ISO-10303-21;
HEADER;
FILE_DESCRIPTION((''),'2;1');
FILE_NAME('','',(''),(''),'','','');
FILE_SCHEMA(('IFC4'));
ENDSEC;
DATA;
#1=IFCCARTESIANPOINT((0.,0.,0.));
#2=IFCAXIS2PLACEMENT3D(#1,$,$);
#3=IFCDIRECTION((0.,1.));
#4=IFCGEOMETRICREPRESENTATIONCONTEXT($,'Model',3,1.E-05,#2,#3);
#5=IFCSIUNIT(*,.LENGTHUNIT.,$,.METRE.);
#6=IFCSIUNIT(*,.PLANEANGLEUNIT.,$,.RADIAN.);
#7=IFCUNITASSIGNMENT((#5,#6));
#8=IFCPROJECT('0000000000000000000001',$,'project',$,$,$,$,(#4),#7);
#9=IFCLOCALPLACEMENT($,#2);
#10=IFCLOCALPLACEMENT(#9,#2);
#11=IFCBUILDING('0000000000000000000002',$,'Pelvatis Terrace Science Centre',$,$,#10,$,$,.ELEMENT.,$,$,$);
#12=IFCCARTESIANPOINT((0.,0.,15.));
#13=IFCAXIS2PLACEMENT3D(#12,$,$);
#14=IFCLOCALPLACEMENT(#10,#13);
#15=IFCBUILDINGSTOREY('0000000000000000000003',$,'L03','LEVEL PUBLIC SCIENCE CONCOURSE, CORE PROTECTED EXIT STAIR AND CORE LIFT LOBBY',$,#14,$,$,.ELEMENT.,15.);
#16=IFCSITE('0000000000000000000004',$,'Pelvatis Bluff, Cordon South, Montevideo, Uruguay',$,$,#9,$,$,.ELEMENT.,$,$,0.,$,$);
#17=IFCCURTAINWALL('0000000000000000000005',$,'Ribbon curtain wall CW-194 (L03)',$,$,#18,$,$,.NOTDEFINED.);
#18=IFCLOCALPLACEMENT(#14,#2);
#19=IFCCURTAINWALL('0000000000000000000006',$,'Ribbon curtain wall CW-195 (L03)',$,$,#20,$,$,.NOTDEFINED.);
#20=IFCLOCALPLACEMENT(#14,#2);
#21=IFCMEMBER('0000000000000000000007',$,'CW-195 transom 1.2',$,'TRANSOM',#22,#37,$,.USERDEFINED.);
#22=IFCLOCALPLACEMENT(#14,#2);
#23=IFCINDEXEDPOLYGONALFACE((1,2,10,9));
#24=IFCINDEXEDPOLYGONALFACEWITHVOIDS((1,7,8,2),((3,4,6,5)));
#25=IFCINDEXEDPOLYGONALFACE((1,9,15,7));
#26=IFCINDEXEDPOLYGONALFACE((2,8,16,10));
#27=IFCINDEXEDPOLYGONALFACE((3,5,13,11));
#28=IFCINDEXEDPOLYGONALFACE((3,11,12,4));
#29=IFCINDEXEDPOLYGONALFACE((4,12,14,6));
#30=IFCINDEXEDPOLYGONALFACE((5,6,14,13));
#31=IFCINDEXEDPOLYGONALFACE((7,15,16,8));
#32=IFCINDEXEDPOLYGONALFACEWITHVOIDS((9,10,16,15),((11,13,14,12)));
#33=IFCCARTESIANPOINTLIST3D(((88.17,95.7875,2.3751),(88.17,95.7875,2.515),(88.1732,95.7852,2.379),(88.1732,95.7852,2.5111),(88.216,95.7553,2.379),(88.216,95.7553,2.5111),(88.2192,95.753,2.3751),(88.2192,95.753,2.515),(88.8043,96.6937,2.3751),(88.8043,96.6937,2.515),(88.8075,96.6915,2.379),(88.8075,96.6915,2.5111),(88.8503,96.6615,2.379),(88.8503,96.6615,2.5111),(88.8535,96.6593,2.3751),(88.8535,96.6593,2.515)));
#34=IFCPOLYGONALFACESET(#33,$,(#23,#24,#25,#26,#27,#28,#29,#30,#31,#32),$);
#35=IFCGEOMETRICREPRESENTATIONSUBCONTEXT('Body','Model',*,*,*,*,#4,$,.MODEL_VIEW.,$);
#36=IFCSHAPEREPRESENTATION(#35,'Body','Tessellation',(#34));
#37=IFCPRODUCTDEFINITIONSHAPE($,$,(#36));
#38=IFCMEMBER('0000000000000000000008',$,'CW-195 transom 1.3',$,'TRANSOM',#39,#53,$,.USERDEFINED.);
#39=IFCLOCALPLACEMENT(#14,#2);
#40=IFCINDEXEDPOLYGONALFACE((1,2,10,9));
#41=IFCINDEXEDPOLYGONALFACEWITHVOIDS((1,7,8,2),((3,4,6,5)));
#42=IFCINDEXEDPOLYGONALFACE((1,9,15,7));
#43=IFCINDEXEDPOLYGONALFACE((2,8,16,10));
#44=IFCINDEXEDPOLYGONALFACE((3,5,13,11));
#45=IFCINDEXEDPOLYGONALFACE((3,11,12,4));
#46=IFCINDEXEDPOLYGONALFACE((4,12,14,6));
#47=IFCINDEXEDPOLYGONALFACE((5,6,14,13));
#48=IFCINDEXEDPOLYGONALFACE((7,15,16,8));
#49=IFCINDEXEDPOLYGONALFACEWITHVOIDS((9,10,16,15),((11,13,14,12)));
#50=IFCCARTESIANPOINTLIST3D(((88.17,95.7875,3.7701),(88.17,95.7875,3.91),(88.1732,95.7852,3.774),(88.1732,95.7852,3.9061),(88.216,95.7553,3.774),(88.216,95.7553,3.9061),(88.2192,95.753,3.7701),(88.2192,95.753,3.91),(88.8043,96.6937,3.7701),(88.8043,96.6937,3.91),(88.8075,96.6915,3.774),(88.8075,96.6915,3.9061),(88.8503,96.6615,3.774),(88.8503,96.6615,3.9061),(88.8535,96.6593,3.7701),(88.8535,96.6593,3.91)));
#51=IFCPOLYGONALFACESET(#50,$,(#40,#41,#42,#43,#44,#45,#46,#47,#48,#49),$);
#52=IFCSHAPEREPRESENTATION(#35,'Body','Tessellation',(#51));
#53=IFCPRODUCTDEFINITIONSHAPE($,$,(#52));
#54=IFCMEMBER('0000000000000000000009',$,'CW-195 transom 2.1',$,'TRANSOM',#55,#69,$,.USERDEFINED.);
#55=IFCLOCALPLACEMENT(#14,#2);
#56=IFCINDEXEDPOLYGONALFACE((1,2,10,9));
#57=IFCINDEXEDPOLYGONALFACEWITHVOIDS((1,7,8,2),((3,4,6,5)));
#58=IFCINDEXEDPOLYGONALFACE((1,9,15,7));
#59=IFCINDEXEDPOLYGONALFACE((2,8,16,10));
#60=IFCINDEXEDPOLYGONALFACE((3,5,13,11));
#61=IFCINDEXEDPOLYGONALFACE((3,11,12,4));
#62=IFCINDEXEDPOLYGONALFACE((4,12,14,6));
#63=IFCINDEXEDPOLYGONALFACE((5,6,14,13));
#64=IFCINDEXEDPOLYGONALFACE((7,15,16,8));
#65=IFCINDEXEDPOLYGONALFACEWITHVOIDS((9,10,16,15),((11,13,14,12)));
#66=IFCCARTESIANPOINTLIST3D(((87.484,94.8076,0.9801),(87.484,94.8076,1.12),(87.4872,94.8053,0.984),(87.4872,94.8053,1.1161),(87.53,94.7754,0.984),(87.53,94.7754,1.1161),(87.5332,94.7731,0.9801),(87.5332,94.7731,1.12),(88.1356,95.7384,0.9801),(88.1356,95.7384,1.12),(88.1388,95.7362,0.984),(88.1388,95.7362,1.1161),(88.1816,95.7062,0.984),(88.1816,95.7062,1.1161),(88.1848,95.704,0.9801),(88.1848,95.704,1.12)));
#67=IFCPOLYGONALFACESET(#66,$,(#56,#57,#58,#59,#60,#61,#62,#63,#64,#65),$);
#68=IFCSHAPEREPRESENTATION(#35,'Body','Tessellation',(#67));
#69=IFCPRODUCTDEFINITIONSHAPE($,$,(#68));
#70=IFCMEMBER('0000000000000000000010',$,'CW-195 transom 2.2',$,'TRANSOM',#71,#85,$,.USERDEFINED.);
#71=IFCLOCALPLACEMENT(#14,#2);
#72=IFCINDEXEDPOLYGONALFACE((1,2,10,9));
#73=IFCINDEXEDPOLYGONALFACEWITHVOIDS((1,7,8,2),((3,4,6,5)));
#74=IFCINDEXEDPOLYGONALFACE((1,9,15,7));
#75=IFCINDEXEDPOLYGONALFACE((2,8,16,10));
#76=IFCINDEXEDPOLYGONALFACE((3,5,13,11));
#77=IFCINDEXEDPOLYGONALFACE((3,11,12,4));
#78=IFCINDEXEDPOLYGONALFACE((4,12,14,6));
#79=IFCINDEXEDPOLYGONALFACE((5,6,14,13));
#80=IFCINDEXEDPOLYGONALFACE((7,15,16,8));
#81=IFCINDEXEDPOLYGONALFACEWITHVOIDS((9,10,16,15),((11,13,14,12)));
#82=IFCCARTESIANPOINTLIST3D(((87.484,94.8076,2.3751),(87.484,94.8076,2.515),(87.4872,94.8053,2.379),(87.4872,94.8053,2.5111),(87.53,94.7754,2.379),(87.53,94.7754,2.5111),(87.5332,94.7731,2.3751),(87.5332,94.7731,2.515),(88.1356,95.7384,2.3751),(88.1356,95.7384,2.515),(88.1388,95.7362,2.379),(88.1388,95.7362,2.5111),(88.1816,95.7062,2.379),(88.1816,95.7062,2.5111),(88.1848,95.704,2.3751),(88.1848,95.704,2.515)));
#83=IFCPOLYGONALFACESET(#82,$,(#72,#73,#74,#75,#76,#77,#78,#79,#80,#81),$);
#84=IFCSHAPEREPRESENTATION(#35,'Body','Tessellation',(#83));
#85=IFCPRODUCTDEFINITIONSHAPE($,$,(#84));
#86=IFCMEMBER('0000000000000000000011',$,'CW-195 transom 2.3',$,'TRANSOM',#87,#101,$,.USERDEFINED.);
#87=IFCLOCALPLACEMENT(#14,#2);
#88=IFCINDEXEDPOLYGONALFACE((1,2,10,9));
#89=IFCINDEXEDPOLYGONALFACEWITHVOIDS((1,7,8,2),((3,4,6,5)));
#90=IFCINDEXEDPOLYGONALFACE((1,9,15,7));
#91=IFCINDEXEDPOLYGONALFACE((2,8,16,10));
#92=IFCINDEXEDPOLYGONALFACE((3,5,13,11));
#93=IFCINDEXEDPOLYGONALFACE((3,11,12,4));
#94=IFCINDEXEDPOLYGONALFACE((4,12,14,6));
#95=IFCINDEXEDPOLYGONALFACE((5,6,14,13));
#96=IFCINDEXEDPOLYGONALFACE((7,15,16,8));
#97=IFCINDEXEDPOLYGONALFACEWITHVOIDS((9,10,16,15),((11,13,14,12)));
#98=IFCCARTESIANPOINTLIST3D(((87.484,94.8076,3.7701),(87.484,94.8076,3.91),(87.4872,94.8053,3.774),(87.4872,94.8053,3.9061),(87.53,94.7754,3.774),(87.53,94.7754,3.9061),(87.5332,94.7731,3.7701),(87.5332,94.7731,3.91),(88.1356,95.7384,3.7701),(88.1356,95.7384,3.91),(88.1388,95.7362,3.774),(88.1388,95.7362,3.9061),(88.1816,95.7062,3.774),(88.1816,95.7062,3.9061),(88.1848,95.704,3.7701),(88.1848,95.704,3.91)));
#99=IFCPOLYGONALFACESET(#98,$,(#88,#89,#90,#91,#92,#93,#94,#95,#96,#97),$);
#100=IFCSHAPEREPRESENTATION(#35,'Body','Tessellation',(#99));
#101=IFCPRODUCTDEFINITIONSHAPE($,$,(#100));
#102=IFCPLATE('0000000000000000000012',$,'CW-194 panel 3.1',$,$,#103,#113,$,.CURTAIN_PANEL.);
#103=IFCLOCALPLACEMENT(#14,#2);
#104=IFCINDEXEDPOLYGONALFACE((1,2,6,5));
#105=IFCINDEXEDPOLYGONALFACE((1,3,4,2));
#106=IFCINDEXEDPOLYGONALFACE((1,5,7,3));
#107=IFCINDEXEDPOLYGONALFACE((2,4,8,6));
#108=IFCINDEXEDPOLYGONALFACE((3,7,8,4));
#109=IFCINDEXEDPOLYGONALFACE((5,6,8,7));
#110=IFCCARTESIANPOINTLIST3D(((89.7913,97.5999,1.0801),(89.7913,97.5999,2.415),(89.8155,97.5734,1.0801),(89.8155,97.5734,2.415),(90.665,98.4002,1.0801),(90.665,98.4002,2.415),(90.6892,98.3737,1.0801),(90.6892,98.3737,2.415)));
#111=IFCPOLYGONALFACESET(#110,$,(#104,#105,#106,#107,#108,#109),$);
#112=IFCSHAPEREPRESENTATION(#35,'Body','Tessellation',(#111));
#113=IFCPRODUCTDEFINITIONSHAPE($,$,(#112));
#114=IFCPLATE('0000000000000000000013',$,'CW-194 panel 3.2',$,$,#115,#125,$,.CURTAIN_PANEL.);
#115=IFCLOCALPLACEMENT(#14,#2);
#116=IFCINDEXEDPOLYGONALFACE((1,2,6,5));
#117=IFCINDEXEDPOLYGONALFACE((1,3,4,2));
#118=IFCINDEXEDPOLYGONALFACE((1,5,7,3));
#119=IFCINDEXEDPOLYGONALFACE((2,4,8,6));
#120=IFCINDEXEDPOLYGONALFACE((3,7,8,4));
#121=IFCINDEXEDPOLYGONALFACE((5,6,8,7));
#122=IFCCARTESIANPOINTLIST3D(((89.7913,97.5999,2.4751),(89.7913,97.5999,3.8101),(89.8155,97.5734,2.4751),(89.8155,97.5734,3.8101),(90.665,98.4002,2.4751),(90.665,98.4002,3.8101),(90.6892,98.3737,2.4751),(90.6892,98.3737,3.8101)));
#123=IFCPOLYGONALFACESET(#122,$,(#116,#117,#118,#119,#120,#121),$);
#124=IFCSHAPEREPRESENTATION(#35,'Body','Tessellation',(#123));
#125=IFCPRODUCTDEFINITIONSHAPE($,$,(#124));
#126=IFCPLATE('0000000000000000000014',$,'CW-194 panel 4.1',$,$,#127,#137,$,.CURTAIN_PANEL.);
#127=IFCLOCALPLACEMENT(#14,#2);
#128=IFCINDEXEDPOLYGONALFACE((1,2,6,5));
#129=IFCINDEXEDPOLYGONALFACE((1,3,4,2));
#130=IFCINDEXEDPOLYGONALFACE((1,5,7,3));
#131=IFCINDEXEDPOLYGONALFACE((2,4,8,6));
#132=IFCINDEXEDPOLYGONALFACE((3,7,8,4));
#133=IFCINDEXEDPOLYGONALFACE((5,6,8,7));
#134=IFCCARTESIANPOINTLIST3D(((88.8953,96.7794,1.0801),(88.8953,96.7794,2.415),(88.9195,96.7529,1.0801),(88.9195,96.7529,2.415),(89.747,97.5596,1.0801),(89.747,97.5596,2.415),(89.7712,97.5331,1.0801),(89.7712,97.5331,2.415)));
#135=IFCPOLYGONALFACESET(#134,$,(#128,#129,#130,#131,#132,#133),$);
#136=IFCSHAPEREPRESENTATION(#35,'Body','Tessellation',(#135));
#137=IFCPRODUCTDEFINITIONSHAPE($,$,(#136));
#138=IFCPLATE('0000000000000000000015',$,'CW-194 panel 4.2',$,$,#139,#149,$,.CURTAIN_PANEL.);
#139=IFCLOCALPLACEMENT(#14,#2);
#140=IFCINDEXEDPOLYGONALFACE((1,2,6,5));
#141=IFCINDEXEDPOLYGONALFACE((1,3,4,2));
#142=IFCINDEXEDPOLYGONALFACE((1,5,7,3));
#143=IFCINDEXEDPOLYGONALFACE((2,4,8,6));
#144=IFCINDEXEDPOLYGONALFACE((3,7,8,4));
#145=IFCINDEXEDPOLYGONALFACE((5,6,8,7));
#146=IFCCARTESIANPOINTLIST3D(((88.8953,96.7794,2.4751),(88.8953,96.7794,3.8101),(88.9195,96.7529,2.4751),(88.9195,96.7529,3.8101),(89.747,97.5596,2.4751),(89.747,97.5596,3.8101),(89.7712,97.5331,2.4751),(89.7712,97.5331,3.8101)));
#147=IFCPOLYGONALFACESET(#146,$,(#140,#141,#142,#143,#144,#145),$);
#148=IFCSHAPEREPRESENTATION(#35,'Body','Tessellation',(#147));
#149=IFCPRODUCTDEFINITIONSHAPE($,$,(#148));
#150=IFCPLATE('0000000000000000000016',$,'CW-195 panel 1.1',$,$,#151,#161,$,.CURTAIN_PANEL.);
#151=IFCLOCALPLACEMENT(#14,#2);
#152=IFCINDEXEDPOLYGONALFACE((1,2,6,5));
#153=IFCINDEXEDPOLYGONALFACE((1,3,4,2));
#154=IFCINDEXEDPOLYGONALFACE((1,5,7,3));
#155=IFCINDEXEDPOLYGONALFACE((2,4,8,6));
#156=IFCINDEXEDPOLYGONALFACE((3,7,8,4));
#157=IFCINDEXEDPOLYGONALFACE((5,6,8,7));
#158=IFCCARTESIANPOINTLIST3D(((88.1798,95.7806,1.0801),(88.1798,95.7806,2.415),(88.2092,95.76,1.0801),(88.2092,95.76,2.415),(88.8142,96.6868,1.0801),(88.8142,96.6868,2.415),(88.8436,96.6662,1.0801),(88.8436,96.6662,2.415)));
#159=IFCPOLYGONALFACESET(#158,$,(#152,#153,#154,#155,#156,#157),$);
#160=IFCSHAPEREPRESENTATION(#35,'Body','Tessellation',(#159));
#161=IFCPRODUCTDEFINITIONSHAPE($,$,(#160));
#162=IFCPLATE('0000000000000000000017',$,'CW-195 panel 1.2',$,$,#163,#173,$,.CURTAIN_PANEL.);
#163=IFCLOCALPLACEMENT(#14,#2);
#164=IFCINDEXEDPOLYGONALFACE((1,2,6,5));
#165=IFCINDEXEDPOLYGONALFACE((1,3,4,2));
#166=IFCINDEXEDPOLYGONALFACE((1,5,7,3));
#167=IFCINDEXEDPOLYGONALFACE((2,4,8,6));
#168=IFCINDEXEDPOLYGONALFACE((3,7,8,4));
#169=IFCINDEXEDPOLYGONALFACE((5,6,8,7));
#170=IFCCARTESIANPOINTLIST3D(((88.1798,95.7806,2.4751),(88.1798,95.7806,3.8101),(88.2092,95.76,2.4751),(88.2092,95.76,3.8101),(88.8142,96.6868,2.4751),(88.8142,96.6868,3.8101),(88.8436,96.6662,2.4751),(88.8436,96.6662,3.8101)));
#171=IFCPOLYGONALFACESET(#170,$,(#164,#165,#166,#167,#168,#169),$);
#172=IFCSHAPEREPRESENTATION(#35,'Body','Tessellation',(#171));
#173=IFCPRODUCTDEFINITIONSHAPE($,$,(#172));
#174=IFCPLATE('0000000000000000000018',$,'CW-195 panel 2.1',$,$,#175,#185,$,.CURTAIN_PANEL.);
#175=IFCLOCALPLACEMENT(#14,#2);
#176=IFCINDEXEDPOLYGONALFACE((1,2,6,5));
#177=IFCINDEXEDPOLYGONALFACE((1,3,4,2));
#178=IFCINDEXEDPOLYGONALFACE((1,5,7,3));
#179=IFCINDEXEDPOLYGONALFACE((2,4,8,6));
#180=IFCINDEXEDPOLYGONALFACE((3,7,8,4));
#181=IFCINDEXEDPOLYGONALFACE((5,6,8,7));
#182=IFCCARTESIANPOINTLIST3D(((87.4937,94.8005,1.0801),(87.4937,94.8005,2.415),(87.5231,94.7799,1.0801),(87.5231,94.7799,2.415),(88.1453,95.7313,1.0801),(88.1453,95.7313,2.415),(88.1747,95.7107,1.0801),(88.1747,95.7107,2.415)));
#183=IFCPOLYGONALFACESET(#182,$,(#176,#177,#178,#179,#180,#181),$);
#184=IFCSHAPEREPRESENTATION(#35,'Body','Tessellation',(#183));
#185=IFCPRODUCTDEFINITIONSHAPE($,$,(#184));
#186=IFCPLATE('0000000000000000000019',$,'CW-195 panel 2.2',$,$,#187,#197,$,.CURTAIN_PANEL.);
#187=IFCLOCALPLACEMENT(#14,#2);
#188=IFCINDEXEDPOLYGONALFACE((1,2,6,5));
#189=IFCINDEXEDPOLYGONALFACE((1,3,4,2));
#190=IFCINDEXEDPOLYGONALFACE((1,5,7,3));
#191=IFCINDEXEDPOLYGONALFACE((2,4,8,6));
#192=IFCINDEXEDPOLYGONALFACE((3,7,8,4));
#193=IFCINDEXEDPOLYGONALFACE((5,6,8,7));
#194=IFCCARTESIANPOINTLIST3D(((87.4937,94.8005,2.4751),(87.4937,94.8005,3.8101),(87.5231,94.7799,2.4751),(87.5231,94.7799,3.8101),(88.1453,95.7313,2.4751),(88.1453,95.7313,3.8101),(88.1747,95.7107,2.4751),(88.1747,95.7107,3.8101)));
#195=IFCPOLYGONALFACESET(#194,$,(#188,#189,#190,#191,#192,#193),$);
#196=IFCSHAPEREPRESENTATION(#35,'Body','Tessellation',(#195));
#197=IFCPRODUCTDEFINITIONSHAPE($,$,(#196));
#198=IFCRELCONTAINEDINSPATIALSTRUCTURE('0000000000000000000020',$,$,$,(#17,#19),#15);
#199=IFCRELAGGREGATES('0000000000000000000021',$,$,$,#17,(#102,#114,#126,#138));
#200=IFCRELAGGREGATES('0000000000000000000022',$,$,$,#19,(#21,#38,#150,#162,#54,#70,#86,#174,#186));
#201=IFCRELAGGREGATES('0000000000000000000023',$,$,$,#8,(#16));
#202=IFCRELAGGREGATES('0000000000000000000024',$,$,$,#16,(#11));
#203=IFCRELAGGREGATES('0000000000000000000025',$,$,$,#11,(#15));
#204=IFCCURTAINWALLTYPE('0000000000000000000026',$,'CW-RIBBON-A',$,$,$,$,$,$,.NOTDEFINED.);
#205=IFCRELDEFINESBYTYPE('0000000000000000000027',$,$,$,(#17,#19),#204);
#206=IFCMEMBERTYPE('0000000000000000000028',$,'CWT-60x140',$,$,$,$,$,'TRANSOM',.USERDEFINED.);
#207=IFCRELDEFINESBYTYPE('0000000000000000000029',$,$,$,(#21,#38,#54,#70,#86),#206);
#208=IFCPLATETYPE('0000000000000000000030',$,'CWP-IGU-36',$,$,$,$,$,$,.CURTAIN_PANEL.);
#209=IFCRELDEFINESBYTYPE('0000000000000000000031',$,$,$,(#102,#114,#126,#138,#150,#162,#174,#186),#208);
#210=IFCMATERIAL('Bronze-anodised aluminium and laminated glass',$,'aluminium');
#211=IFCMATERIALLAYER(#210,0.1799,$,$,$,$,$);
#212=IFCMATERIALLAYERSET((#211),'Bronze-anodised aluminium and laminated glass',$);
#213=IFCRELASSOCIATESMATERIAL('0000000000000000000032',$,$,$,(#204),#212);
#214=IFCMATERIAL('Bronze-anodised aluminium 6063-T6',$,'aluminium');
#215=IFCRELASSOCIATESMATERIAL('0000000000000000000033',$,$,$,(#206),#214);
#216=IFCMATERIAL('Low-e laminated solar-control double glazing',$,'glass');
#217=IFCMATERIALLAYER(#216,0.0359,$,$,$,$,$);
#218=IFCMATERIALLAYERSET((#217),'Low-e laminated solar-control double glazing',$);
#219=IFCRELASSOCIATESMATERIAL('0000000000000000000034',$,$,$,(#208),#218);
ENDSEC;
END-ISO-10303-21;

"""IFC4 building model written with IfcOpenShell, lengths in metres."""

from ifc_helpers import new_model, si_unit, direction, frame, origin, origin_2d, place, context, subcontext, project, spatial, rectangle, hollow_rectangle, extrude, material, layer, layer_set, material_profile, profile_set, type_object, element, aggregate, save


model = new_model("IFC4")

# Units and contexts
model_context = context("Model", 3, precision=1e-05, world=origin(), true_north=direction((0.0, 1.0)))
body_context = subcontext(model_context, "Body", "Model", "MODEL_VIEW")
ifc_project = project(units=[si_unit("LENGTHUNIT", "METRE"), si_unit("PLANEANGLEUNIT", "RADIAN")], contexts=[model_context])

# Site, building, storey
site_placement = place(None, origin())
site = spatial("IfcSite", under=ifc_project, at=site_placement, Name="Pelvatis Bluff, Cordon South, Montevideo, Uruguay", CompositionType="ELEMENT", RefElevation=0.0)
building_placement = place(site_placement, origin())
building = spatial("IfcBuilding", under=site, at=building_placement, Name="Pelvatis Terrace Science Centre", CompositionType="ELEMENT")
storey_placement = place(building_placement, frame((0.0, 0.0, 15.0)))
storey = spatial("IfcBuildingStorey", under=building, at=storey_placement, Name="L03", Description="LEVEL PUBLIC SCIENCE CONCOURSE, CORE PROTECTED EXIT STAIR AND CORE LIFT LOBBY", CompositionType="ELEMENT", Elevation=15.0)

# Curtain walls
ifc_material_1 = material(Name="Bronze-anodised aluminium and laminated glass", Category="aluminium")
ifc_layer_1 = layer(ifc_material_1, 0.1799)
ifc_layer_set_1 = layer_set([ifc_layer_1], Name="Bronze-anodised aluminium and laminated glass")
curtain_wall_type = type_object("IfcCurtainWallType", Name="CW-RIBBON-A", PredefinedType="NOTDEFINED", material=ifc_layer_set_1)
curtain_wall_1_placement = place(storey_placement, origin())
curtain_wall_1 = element("IfcCurtainWall", 1, at=curtain_wall_1_placement, inside=storey, type_object=curtain_wall_type, Name="Ribbon curtain wall CW-194 (L03)", PredefinedType="NOTDEFINED")
curtain_wall_2_placement = place(storey_placement, origin())
curtain_wall_2 = element("IfcCurtainWall", 2, at=curtain_wall_2_placement, inside=storey, type_object=curtain_wall_type, Name="Ribbon curtain wall CW-195 (L03)", PredefinedType="NOTDEFINED")

# Members
ifc_material_2 = material(Name="Bronze-anodised aluminium 6063-T6", Category="aluminium")
ifc_material_profile_1 = material_profile(ifc_material_2, hollow_rectangle(XDim=0.0601, YDim=0.1399, WallThickness=0.0039, at=origin_2d()), Name="ALU-TRN 60x140")
ifc_profile_set_1 = profile_set([ifc_material_profile_1], Name="Bronze-anodised aluminium 6063-T6")
member_type_1 = type_object("IfcMemberType", Name="CWT-60x140", ElementType="TRANSOM", PredefinedType="USERDEFINED", material=ifc_profile_set_1)
member_1_placement = place(storey_placement, frame((88.8289, 96.6765, 2.4451), z_axis=(-0.573403, -0.819273, 0.0), x_axis=(0.819273, -0.573403, 0.0)))
member_1 = element("IfcMember", 3, at=member_1_placement, type_object=member_type_1, Name="CW-195 transom 1.2", ObjectType="TRANSOM", PredefinedType="USERDEFINED", context=body_context, shape_type="SweptSolid", body=[
    extrude(hollow_rectangle(XDim=0.0601, YDim=0.1399, WallThickness=0.0039, at=origin_2d()), origin(), (0.0, 0.0, 1.0), 1.1062),
])
member_2_placement = place(storey_placement, frame((88.8289, 96.6765, 3.8401), z_axis=(-0.573403, -0.819273, 0.0), x_axis=(0.819273, -0.573403, 0.0)))
member_2 = element("IfcMember", 4, at=member_2_placement, type_object=member_type_1, Name="CW-195 transom 1.3", ObjectType="TRANSOM", PredefinedType="USERDEFINED", context=body_context, shape_type="SweptSolid", body=[
    extrude(hollow_rectangle(XDim=0.0601, YDim=0.1399, WallThickness=0.0039, at=origin_2d()), origin(), (0.0, 0.0, 1.0), 1.1062),
])
member_3_placement = place(storey_placement, frame((88.1602, 95.7212, 1.05), z_axis=(-0.573448, -0.819242, 0.0), x_axis=(0.819242, -0.573448, 0.0)))
member_3 = element("IfcMember", 5, at=member_3_placement, type_object=member_type_1, Name="CW-195 transom 2.1", ObjectType="TRANSOM", PredefinedType="USERDEFINED", context=body_context, shape_type="SweptSolid", body=[
    extrude(hollow_rectangle(XDim=0.0601, YDim=0.1399, WallThickness=0.0039, at=origin_2d()), origin(), (0.0, 0.0, 1.0), 1.1362),
])
member_4_placement = place(storey_placement, frame((88.1602, 95.7212, 2.4451), z_axis=(-0.573448, -0.819242, 0.0), x_axis=(0.819242, -0.573448, 0.0)))
member_4 = element("IfcMember", 6, at=member_4_placement, type_object=member_type_1, Name="CW-195 transom 2.2", ObjectType="TRANSOM", PredefinedType="USERDEFINED", context=body_context, shape_type="SweptSolid", body=[
    extrude(hollow_rectangle(XDim=0.0601, YDim=0.1399, WallThickness=0.0039, at=origin_2d()), origin(), (0.0, 0.0, 1.0), 1.1362),
])
member_5_placement = place(storey_placement, frame((88.1602, 95.7212, 3.8401), z_axis=(-0.573448, -0.819242, 0.0), x_axis=(0.819242, -0.573448, 0.0)))
member_5 = element("IfcMember", 7, at=member_5_placement, type_object=member_type_1, Name="CW-195 transom 2.3", ObjectType="TRANSOM", PredefinedType="USERDEFINED", context=body_context, shape_type="SweptSolid", body=[
    extrude(hollow_rectangle(XDim=0.0601, YDim=0.1399, WallThickness=0.0039, at=origin_2d()), origin(), (0.0, 0.0, 1.0), 1.1362),
])

# Plates
ifc_material_3 = material(Name="Low-e laminated solar-control double glazing", Category="glass")
ifc_layer_2 = layer(ifc_material_3, 0.0359)
ifc_layer_set_2 = layer_set([ifc_layer_2], Name="Low-e laminated solar-control double glazing")
plate_type = type_object("IfcPlateType", Name="CWP-IGU-36", PredefinedType="CURTAIN_PANEL", material=ifc_layer_set_2)
plate_1_placement = place(storey_placement, frame((90.2402, 97.9868, 1.0801), z_axis=(0.0, 0.0, 1.0), x_axis=(-0.737404, -0.675452, 0.0)))
plate_1 = element("IfcPlate", 8, at=plate_1_placement, type_object=plate_type, Name="CW-194 panel 3.1", PredefinedType="CURTAIN_PANEL", context=body_context, shape_type="SweptSolid", body=[
    extrude(rectangle(XDim=1.1848, YDim=0.0359, at=origin_2d()), origin(), (0.0, 0.0, 1.0), 1.335),
])
plate_2_placement = place(storey_placement, frame((90.2402, 97.9868, 2.4751), z_axis=(0.0, 0.0, 1.0), x_axis=(-0.737404, -0.675452, 0.0)))
plate_2 = element("IfcPlate", 9, at=plate_2_placement, type_object=plate_type, Name="CW-194 panel 3.2", PredefinedType="CURTAIN_PANEL", context=body_context, shape_type="SweptSolid", body=[
    extrude(rectangle(XDim=1.1848, YDim=0.0359, at=origin_2d()), origin(), (0.0, 0.0, 1.0), 1.335),
])
plate_3_placement = place(storey_placement, frame((89.3333, 97.1562, 1.0801), z_axis=(0.0, 0.0, 1.0), x_axis=(-0.737404, -0.675452, 0.0)))
plate_3 = element("IfcPlate", 10, at=plate_3_placement, type_object=plate_type, Name="CW-194 panel 4.1", PredefinedType="CURTAIN_PANEL", context=body_context, shape_type="SweptSolid", body=[
    extrude(rectangle(XDim=1.155, YDim=0.0359, at=origin_2d()), origin(), (0.0, 0.0, 1.0), 1.335),
])
plate_4_placement = place(storey_placement, frame((89.3333, 97.1562, 2.4751), z_axis=(0.0, 0.0, 1.0), x_axis=(-0.737404, -0.675452, 0.0)))
plate_4 = element("IfcPlate", 11, at=plate_4_placement, type_object=plate_type, Name="CW-194 panel 4.2", PredefinedType="CURTAIN_PANEL", context=body_context, shape_type="SweptSolid", body=[
    extrude(rectangle(XDim=1.155, YDim=0.0359, at=origin_2d()), origin(), (0.0, 0.0, 1.0), 1.335),
])
aggregate(curtain_wall_1, [plate_1, plate_2, plate_3, plate_4])
plate_5_placement = place(storey_placement, frame((88.5117, 96.2234, 1.0801), z_axis=(0.0, 0.0, 1.0), x_axis=(-0.573468, -0.819228, 0.0)))
plate_5 = element("IfcPlate", 12, at=plate_5_placement, type_object=plate_type, Name="CW-195 panel 1.1", PredefinedType="CURTAIN_PANEL", context=body_context, shape_type="SweptSolid", body=[
    extrude(rectangle(XDim=1.1062, YDim=0.0359, at=origin_2d()), origin(), (0.0, 0.0, 1.0), 1.335),
])
plate_6_placement = place(storey_placement, frame((88.5117, 96.2234, 2.4751), z_axis=(0.0, 0.0, 1.0), x_axis=(-0.573468, -0.819228, 0.0)))
plate_6 = element("IfcPlate", 13, at=plate_6_placement, type_object=plate_type, Name="CW-195 panel 1.2", PredefinedType="CURTAIN_PANEL", context=body_context, shape_type="SweptSolid", body=[
    extrude(rectangle(XDim=1.1062, YDim=0.0359, at=origin_2d()), origin(), (0.0, 0.0, 1.0), 1.335),
])
plate_7_placement = place(storey_placement, frame((87.8342, 95.2556, 1.0801), z_axis=(0.0, 0.0, 1.0), x_axis=(-0.573468, -0.819228, 0.0)))
plate_7 = element("IfcPlate", 14, at=plate_7_placement, type_object=plate_type, Name="CW-195 panel 2.1", PredefinedType="CURTAIN_PANEL", context=body_context, shape_type="SweptSolid", body=[
    extrude(rectangle(XDim=1.1362, YDim=0.0359, at=origin_2d()), origin(), (0.0, 0.0, 1.0), 1.335),
])
plate_8_placement = place(storey_placement, frame((87.8342, 95.2556, 2.4751), z_axis=(0.0, 0.0, 1.0), x_axis=(-0.573468, -0.819228, 0.0)))
plate_8 = element("IfcPlate", 15, at=plate_8_placement, type_object=plate_type, Name="CW-195 panel 2.2", PredefinedType="CURTAIN_PANEL", context=body_context, shape_type="SweptSolid", body=[
    extrude(rectangle(XDim=1.1362, YDim=0.0359, at=origin_2d()), origin(), (0.0, 0.0, 1.0), 1.335),
])
aggregate(curtain_wall_2, [member_1, member_2, plate_5, plate_6, member_3, member_4, member_5, plate_7, plate_8])

save(model, "model.ifc")
